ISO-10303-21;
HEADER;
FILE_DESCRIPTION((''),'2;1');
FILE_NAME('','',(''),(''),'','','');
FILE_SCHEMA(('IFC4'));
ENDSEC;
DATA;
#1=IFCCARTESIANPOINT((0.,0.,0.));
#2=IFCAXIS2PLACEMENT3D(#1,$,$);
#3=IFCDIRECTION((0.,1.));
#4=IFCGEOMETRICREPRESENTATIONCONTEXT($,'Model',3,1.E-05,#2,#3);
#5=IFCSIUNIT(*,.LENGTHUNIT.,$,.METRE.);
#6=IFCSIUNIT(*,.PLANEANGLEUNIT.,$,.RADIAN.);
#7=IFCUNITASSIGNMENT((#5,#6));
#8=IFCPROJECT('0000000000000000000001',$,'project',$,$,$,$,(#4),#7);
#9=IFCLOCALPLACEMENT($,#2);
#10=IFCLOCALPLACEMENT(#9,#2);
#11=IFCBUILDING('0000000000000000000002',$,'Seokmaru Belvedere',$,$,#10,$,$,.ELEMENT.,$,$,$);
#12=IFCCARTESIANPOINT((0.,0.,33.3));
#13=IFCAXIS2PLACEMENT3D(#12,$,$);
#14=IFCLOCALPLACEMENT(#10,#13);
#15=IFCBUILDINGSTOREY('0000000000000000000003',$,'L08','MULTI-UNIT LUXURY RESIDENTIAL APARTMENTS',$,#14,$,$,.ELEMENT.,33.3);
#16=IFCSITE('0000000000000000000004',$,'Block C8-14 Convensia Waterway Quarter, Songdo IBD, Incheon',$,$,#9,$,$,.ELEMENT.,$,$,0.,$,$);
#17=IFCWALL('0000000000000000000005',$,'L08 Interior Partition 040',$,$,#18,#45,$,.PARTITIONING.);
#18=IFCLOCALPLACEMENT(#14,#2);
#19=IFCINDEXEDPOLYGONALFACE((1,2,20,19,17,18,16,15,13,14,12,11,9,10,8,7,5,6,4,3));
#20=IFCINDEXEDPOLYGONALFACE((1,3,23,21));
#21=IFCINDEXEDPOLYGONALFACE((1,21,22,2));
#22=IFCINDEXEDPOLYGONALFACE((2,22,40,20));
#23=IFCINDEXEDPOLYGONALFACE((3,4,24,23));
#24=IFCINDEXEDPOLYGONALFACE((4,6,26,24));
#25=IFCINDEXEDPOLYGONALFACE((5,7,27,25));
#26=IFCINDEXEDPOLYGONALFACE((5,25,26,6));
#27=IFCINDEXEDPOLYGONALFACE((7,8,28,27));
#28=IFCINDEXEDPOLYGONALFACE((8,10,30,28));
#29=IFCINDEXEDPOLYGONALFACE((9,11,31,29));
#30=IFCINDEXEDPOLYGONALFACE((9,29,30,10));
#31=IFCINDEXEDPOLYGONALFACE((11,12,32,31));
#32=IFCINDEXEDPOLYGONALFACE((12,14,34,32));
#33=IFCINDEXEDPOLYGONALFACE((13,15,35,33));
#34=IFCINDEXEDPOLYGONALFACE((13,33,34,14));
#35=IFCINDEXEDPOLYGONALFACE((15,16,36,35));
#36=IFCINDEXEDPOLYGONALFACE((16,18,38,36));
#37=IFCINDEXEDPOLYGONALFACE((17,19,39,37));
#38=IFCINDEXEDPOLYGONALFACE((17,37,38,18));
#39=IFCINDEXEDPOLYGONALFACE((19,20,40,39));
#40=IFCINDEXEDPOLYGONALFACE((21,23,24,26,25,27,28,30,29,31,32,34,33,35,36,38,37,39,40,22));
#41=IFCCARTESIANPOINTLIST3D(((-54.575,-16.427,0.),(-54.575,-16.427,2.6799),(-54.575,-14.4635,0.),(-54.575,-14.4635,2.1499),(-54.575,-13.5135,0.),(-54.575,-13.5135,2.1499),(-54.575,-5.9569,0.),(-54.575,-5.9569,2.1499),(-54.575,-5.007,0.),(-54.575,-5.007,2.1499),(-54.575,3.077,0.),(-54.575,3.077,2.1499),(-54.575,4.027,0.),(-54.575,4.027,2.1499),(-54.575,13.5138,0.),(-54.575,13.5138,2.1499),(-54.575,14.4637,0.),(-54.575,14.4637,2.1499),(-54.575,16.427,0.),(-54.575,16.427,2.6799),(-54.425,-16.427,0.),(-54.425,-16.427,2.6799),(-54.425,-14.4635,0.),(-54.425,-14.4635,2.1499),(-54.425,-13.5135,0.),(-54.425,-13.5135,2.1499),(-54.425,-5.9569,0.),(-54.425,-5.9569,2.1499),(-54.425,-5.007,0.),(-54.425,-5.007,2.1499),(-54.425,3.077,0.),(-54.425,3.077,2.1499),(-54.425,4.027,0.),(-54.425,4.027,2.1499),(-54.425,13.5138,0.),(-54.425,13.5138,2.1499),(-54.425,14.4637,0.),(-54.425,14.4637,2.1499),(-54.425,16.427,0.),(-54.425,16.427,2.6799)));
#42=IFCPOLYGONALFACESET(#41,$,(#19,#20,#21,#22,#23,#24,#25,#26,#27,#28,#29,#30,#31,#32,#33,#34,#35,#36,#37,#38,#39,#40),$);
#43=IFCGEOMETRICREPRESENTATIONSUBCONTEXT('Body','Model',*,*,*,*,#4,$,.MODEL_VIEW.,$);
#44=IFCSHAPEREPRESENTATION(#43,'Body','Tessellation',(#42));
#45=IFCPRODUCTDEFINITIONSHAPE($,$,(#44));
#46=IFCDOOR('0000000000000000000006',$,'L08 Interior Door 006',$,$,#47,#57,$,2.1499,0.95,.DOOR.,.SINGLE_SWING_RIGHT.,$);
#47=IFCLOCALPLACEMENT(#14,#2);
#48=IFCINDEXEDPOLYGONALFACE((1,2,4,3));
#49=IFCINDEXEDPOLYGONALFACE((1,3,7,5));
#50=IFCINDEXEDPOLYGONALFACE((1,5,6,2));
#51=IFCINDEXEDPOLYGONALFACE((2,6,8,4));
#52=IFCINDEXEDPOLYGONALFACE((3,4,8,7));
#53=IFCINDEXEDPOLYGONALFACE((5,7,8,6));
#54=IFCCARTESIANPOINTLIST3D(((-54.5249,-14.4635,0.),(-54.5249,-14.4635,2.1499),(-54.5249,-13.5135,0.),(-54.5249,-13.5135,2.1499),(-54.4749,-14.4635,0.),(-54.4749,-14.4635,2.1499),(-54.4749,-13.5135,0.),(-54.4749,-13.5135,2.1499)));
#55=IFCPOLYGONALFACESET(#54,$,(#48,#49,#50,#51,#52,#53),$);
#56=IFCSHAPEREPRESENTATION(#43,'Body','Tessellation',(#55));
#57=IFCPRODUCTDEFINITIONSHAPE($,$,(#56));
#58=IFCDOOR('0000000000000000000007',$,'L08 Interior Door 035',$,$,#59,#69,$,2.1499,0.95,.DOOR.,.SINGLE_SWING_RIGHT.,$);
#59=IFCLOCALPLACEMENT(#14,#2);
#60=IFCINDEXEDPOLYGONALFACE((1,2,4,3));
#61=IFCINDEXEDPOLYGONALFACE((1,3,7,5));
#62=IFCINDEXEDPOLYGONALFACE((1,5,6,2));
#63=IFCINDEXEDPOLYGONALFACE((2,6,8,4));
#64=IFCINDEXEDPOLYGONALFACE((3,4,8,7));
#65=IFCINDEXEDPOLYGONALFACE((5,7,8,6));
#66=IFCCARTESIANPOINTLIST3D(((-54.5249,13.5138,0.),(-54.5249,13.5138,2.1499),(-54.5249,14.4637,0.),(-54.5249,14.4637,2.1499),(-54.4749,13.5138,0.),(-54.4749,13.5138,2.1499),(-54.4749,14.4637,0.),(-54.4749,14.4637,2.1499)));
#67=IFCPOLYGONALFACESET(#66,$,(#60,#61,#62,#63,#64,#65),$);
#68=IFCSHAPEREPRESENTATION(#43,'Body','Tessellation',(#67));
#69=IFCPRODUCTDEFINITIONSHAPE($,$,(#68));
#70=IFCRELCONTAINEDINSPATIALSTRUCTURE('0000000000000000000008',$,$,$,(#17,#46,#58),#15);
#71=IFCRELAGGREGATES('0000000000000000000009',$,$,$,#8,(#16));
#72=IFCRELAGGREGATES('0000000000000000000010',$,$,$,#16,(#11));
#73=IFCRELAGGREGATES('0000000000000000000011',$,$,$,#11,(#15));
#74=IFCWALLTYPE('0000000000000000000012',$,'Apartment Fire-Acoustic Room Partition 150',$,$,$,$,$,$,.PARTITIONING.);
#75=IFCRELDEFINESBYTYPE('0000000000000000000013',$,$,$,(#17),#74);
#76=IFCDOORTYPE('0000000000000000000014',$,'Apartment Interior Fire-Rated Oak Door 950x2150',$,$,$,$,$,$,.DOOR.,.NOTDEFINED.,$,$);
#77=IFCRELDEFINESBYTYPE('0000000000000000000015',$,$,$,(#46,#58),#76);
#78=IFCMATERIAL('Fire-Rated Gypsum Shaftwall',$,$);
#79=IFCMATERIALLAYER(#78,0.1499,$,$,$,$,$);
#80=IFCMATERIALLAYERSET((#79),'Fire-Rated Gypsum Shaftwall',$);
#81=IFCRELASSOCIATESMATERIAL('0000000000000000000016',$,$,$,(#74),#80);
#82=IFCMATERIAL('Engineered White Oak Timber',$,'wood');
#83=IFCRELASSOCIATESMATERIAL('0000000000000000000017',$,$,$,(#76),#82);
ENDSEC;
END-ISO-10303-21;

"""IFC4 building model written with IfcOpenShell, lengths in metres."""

from ifc_helpers import new_model, si_unit, direction, frame, frame_2d, origin, place, context, subcontext, project, spatial, rectangle, extrude, source, transform, mapped, material, layer, layer_set, type_object, type_shapes, element, fill, save


model = new_model("IFC4")

# Units and contexts
model_context = context("Model", 3, precision=1e-05, world=origin(), true_north=direction((0.0, 1.0)))
body_context = subcontext(model_context, "Body", "Model", "MODEL_VIEW")
ifc_project = project(units=[si_unit("LENGTHUNIT", "METRE"), si_unit("PLANEANGLEUNIT", "RADIAN")], contexts=[model_context])

# Site, building, storey
site_placement = place(None, origin())
site = spatial("IfcSite", under=ifc_project, at=site_placement, Name="Block C8-14 Convensia Waterway Quarter, Songdo IBD, Incheon", CompositionType="ELEMENT", RefElevation=0.0)
building_placement = place(site_placement, origin())
building = spatial("IfcBuilding", under=site, at=building_placement, Name="Seokmaru Belvedere", CompositionType="ELEMENT")
storey_placement = place(building_placement, frame((0.0, 0.0, 33.3)))
storey = spatial("IfcBuildingStorey", under=building, at=storey_placement, Name="L08", Description="MULTI-UNIT LUXURY RESIDENTIAL APARTMENTS", CompositionType="ELEMENT", Elevation=33.3)

# Shared definitions
ifc_material_1 = material(Name="Fire-Rated Gypsum Shaftwall")
ifc_layer_1 = layer(ifc_material_1, 0.1499)
ifc_layer_set_1 = layer_set([ifc_layer_1], Name="Fire-Rated Gypsum Shaftwall")
wall_type = type_object("IfcWallType", Name="Apartment Fire-Acoustic Room Partition 150", PredefinedType="PARTITIONING", material=ifc_layer_set_1)
ifc_material_2 = material(Name="Engineered White Oak Timber", Category="wood")
door_type = type_object("IfcDoorType", Name="Apartment Interior Fire-Rated Oak Door 950x2150", OperationType="NOTDEFINED", PredefinedType="DOOR", material=ifc_material_2)
shared_shape_1 = source(origin(), body_context, "Body", "SweptSolid", [
    extrude(rectangle(XDim=0.95, YDim=2.1499, at=frame_2d((0.4751, 1.075))), frame((0.0, 0.0249, 0.0), z_axis=(0.0, -1.0, 0.0), x_axis=(1.0, 0.0, 0.0)), (0.0, 0.0, 1.0), 0.05),
])
type_shapes(door_type, [shared_shape_1])

# Wall, openings, doors
wall_1_placement = place(storey_placement, frame((-54.5, -16.427, 0.0), z_axis=(0.0, 0.0, 1.0), x_axis=(0.0, 1.0, 0.0)))
wall_1 = element("IfcWall", 1, at=wall_1_placement, inside=storey, type_object=wall_type, Name="L08 Interior Partition 040", PredefinedType="PARTITIONING", context=body_context, shape_type="SweptSolid", body=[
    extrude(rectangle(XDim=32.854, YDim=0.1499, at=frame_2d((16.427, 0.0))), origin(), (0.0, 0.0, 1.0), 2.6799),
])
opening_1_placement = place(wall_1_placement, frame((1.9634, 0.0, 0.0)))
opening_1 = element("IfcOpeningElement", 2, at=opening_1_placement, cuts=wall_1, PredefinedType="OPENING", context=body_context, shape_type="SweptSolid", body=[
    extrude(rectangle(XDim=0.95, YDim=2.1499, at=frame_2d((0.4751, 1.075))), frame((0.0, 0.085, 0.0), z_axis=(0.0, -1.0, 0.0), x_axis=(1.0, 0.0, 0.0)), (0.0, 0.0, 1.0), 0.1699),
])
opening_2_placement = place(wall_1_placement, frame((10.47, 0.0, 0.0)))
element("IfcOpeningElement", 3, at=opening_2_placement, cuts=wall_1, PredefinedType="OPENING", context=body_context, shape_type="SweptSolid", body=[
    extrude(rectangle(XDim=0.95, YDim=2.1499, at=frame_2d((0.4751, 1.075))), frame((0.0, 0.085, 0.0), z_axis=(0.0, -1.0, 0.0), x_axis=(1.0, 0.0, 0.0)), (0.0, 0.0, 1.0), 0.1699),
])
opening_3_placement = place(wall_1_placement, frame((19.5039, 0.0, 0.0)))
element("IfcOpeningElement", 4, at=opening_3_placement, cuts=wall_1, PredefinedType="OPENING", context=body_context, shape_type="SweptSolid", body=[
    extrude(rectangle(XDim=0.95, YDim=2.1499, at=frame_2d((0.4751, 1.075))), frame((0.0, 0.085, 0.0), z_axis=(0.0, -1.0, 0.0), x_axis=(1.0, 0.0, 0.0)), (0.0, 0.0, 1.0), 0.1699),
])
opening_4_placement = place(wall_1_placement, frame((29.9407, 0.0, 0.0)))
opening_4 = element("IfcOpeningElement", 5, at=opening_4_placement, cuts=wall_1, PredefinedType="OPENING", context=body_context, shape_type="SweptSolid", body=[
    extrude(rectangle(XDim=0.95, YDim=2.1499, at=frame_2d((0.4751, 1.075))), frame((0.0, 0.085, 0.0), z_axis=(0.0, -1.0, 0.0), x_axis=(1.0, 0.0, 0.0)), (0.0, 0.0, 1.0), 0.1699),
])
door_1_placement = place(opening_1_placement, origin())
door_1 = element("IfcDoor", 6, at=door_1_placement, inside=storey, type_object=door_type, Name="L08 Interior Door 006", OperationType="SINGLE_SWING_RIGHT", OverallHeight=2.1499, OverallWidth=0.95, PredefinedType="DOOR", context=body_context, shape_type="MappedRepresentation", body=[
    mapped(shared_shape_1, transform((0.0, 0.0, 0.0), scale=1.0)),
])
fill(opening_1, door_1)
door_2_placement = place(opening_4_placement, origin())
door_2 = element("IfcDoor", 7, at=door_2_placement, inside=storey, type_object=door_type, Name="L08 Interior Door 035", OperationType="SINGLE_SWING_RIGHT", OverallHeight=2.1499, OverallWidth=0.95, PredefinedType="DOOR", context=body_context, shape_type="MappedRepresentation", body=[
    mapped(shared_shape_1, transform((0.0, 0.0, 0.0), scale=1.0)),
])
fill(opening_4, door_2)

save(model, "model.ifc")
